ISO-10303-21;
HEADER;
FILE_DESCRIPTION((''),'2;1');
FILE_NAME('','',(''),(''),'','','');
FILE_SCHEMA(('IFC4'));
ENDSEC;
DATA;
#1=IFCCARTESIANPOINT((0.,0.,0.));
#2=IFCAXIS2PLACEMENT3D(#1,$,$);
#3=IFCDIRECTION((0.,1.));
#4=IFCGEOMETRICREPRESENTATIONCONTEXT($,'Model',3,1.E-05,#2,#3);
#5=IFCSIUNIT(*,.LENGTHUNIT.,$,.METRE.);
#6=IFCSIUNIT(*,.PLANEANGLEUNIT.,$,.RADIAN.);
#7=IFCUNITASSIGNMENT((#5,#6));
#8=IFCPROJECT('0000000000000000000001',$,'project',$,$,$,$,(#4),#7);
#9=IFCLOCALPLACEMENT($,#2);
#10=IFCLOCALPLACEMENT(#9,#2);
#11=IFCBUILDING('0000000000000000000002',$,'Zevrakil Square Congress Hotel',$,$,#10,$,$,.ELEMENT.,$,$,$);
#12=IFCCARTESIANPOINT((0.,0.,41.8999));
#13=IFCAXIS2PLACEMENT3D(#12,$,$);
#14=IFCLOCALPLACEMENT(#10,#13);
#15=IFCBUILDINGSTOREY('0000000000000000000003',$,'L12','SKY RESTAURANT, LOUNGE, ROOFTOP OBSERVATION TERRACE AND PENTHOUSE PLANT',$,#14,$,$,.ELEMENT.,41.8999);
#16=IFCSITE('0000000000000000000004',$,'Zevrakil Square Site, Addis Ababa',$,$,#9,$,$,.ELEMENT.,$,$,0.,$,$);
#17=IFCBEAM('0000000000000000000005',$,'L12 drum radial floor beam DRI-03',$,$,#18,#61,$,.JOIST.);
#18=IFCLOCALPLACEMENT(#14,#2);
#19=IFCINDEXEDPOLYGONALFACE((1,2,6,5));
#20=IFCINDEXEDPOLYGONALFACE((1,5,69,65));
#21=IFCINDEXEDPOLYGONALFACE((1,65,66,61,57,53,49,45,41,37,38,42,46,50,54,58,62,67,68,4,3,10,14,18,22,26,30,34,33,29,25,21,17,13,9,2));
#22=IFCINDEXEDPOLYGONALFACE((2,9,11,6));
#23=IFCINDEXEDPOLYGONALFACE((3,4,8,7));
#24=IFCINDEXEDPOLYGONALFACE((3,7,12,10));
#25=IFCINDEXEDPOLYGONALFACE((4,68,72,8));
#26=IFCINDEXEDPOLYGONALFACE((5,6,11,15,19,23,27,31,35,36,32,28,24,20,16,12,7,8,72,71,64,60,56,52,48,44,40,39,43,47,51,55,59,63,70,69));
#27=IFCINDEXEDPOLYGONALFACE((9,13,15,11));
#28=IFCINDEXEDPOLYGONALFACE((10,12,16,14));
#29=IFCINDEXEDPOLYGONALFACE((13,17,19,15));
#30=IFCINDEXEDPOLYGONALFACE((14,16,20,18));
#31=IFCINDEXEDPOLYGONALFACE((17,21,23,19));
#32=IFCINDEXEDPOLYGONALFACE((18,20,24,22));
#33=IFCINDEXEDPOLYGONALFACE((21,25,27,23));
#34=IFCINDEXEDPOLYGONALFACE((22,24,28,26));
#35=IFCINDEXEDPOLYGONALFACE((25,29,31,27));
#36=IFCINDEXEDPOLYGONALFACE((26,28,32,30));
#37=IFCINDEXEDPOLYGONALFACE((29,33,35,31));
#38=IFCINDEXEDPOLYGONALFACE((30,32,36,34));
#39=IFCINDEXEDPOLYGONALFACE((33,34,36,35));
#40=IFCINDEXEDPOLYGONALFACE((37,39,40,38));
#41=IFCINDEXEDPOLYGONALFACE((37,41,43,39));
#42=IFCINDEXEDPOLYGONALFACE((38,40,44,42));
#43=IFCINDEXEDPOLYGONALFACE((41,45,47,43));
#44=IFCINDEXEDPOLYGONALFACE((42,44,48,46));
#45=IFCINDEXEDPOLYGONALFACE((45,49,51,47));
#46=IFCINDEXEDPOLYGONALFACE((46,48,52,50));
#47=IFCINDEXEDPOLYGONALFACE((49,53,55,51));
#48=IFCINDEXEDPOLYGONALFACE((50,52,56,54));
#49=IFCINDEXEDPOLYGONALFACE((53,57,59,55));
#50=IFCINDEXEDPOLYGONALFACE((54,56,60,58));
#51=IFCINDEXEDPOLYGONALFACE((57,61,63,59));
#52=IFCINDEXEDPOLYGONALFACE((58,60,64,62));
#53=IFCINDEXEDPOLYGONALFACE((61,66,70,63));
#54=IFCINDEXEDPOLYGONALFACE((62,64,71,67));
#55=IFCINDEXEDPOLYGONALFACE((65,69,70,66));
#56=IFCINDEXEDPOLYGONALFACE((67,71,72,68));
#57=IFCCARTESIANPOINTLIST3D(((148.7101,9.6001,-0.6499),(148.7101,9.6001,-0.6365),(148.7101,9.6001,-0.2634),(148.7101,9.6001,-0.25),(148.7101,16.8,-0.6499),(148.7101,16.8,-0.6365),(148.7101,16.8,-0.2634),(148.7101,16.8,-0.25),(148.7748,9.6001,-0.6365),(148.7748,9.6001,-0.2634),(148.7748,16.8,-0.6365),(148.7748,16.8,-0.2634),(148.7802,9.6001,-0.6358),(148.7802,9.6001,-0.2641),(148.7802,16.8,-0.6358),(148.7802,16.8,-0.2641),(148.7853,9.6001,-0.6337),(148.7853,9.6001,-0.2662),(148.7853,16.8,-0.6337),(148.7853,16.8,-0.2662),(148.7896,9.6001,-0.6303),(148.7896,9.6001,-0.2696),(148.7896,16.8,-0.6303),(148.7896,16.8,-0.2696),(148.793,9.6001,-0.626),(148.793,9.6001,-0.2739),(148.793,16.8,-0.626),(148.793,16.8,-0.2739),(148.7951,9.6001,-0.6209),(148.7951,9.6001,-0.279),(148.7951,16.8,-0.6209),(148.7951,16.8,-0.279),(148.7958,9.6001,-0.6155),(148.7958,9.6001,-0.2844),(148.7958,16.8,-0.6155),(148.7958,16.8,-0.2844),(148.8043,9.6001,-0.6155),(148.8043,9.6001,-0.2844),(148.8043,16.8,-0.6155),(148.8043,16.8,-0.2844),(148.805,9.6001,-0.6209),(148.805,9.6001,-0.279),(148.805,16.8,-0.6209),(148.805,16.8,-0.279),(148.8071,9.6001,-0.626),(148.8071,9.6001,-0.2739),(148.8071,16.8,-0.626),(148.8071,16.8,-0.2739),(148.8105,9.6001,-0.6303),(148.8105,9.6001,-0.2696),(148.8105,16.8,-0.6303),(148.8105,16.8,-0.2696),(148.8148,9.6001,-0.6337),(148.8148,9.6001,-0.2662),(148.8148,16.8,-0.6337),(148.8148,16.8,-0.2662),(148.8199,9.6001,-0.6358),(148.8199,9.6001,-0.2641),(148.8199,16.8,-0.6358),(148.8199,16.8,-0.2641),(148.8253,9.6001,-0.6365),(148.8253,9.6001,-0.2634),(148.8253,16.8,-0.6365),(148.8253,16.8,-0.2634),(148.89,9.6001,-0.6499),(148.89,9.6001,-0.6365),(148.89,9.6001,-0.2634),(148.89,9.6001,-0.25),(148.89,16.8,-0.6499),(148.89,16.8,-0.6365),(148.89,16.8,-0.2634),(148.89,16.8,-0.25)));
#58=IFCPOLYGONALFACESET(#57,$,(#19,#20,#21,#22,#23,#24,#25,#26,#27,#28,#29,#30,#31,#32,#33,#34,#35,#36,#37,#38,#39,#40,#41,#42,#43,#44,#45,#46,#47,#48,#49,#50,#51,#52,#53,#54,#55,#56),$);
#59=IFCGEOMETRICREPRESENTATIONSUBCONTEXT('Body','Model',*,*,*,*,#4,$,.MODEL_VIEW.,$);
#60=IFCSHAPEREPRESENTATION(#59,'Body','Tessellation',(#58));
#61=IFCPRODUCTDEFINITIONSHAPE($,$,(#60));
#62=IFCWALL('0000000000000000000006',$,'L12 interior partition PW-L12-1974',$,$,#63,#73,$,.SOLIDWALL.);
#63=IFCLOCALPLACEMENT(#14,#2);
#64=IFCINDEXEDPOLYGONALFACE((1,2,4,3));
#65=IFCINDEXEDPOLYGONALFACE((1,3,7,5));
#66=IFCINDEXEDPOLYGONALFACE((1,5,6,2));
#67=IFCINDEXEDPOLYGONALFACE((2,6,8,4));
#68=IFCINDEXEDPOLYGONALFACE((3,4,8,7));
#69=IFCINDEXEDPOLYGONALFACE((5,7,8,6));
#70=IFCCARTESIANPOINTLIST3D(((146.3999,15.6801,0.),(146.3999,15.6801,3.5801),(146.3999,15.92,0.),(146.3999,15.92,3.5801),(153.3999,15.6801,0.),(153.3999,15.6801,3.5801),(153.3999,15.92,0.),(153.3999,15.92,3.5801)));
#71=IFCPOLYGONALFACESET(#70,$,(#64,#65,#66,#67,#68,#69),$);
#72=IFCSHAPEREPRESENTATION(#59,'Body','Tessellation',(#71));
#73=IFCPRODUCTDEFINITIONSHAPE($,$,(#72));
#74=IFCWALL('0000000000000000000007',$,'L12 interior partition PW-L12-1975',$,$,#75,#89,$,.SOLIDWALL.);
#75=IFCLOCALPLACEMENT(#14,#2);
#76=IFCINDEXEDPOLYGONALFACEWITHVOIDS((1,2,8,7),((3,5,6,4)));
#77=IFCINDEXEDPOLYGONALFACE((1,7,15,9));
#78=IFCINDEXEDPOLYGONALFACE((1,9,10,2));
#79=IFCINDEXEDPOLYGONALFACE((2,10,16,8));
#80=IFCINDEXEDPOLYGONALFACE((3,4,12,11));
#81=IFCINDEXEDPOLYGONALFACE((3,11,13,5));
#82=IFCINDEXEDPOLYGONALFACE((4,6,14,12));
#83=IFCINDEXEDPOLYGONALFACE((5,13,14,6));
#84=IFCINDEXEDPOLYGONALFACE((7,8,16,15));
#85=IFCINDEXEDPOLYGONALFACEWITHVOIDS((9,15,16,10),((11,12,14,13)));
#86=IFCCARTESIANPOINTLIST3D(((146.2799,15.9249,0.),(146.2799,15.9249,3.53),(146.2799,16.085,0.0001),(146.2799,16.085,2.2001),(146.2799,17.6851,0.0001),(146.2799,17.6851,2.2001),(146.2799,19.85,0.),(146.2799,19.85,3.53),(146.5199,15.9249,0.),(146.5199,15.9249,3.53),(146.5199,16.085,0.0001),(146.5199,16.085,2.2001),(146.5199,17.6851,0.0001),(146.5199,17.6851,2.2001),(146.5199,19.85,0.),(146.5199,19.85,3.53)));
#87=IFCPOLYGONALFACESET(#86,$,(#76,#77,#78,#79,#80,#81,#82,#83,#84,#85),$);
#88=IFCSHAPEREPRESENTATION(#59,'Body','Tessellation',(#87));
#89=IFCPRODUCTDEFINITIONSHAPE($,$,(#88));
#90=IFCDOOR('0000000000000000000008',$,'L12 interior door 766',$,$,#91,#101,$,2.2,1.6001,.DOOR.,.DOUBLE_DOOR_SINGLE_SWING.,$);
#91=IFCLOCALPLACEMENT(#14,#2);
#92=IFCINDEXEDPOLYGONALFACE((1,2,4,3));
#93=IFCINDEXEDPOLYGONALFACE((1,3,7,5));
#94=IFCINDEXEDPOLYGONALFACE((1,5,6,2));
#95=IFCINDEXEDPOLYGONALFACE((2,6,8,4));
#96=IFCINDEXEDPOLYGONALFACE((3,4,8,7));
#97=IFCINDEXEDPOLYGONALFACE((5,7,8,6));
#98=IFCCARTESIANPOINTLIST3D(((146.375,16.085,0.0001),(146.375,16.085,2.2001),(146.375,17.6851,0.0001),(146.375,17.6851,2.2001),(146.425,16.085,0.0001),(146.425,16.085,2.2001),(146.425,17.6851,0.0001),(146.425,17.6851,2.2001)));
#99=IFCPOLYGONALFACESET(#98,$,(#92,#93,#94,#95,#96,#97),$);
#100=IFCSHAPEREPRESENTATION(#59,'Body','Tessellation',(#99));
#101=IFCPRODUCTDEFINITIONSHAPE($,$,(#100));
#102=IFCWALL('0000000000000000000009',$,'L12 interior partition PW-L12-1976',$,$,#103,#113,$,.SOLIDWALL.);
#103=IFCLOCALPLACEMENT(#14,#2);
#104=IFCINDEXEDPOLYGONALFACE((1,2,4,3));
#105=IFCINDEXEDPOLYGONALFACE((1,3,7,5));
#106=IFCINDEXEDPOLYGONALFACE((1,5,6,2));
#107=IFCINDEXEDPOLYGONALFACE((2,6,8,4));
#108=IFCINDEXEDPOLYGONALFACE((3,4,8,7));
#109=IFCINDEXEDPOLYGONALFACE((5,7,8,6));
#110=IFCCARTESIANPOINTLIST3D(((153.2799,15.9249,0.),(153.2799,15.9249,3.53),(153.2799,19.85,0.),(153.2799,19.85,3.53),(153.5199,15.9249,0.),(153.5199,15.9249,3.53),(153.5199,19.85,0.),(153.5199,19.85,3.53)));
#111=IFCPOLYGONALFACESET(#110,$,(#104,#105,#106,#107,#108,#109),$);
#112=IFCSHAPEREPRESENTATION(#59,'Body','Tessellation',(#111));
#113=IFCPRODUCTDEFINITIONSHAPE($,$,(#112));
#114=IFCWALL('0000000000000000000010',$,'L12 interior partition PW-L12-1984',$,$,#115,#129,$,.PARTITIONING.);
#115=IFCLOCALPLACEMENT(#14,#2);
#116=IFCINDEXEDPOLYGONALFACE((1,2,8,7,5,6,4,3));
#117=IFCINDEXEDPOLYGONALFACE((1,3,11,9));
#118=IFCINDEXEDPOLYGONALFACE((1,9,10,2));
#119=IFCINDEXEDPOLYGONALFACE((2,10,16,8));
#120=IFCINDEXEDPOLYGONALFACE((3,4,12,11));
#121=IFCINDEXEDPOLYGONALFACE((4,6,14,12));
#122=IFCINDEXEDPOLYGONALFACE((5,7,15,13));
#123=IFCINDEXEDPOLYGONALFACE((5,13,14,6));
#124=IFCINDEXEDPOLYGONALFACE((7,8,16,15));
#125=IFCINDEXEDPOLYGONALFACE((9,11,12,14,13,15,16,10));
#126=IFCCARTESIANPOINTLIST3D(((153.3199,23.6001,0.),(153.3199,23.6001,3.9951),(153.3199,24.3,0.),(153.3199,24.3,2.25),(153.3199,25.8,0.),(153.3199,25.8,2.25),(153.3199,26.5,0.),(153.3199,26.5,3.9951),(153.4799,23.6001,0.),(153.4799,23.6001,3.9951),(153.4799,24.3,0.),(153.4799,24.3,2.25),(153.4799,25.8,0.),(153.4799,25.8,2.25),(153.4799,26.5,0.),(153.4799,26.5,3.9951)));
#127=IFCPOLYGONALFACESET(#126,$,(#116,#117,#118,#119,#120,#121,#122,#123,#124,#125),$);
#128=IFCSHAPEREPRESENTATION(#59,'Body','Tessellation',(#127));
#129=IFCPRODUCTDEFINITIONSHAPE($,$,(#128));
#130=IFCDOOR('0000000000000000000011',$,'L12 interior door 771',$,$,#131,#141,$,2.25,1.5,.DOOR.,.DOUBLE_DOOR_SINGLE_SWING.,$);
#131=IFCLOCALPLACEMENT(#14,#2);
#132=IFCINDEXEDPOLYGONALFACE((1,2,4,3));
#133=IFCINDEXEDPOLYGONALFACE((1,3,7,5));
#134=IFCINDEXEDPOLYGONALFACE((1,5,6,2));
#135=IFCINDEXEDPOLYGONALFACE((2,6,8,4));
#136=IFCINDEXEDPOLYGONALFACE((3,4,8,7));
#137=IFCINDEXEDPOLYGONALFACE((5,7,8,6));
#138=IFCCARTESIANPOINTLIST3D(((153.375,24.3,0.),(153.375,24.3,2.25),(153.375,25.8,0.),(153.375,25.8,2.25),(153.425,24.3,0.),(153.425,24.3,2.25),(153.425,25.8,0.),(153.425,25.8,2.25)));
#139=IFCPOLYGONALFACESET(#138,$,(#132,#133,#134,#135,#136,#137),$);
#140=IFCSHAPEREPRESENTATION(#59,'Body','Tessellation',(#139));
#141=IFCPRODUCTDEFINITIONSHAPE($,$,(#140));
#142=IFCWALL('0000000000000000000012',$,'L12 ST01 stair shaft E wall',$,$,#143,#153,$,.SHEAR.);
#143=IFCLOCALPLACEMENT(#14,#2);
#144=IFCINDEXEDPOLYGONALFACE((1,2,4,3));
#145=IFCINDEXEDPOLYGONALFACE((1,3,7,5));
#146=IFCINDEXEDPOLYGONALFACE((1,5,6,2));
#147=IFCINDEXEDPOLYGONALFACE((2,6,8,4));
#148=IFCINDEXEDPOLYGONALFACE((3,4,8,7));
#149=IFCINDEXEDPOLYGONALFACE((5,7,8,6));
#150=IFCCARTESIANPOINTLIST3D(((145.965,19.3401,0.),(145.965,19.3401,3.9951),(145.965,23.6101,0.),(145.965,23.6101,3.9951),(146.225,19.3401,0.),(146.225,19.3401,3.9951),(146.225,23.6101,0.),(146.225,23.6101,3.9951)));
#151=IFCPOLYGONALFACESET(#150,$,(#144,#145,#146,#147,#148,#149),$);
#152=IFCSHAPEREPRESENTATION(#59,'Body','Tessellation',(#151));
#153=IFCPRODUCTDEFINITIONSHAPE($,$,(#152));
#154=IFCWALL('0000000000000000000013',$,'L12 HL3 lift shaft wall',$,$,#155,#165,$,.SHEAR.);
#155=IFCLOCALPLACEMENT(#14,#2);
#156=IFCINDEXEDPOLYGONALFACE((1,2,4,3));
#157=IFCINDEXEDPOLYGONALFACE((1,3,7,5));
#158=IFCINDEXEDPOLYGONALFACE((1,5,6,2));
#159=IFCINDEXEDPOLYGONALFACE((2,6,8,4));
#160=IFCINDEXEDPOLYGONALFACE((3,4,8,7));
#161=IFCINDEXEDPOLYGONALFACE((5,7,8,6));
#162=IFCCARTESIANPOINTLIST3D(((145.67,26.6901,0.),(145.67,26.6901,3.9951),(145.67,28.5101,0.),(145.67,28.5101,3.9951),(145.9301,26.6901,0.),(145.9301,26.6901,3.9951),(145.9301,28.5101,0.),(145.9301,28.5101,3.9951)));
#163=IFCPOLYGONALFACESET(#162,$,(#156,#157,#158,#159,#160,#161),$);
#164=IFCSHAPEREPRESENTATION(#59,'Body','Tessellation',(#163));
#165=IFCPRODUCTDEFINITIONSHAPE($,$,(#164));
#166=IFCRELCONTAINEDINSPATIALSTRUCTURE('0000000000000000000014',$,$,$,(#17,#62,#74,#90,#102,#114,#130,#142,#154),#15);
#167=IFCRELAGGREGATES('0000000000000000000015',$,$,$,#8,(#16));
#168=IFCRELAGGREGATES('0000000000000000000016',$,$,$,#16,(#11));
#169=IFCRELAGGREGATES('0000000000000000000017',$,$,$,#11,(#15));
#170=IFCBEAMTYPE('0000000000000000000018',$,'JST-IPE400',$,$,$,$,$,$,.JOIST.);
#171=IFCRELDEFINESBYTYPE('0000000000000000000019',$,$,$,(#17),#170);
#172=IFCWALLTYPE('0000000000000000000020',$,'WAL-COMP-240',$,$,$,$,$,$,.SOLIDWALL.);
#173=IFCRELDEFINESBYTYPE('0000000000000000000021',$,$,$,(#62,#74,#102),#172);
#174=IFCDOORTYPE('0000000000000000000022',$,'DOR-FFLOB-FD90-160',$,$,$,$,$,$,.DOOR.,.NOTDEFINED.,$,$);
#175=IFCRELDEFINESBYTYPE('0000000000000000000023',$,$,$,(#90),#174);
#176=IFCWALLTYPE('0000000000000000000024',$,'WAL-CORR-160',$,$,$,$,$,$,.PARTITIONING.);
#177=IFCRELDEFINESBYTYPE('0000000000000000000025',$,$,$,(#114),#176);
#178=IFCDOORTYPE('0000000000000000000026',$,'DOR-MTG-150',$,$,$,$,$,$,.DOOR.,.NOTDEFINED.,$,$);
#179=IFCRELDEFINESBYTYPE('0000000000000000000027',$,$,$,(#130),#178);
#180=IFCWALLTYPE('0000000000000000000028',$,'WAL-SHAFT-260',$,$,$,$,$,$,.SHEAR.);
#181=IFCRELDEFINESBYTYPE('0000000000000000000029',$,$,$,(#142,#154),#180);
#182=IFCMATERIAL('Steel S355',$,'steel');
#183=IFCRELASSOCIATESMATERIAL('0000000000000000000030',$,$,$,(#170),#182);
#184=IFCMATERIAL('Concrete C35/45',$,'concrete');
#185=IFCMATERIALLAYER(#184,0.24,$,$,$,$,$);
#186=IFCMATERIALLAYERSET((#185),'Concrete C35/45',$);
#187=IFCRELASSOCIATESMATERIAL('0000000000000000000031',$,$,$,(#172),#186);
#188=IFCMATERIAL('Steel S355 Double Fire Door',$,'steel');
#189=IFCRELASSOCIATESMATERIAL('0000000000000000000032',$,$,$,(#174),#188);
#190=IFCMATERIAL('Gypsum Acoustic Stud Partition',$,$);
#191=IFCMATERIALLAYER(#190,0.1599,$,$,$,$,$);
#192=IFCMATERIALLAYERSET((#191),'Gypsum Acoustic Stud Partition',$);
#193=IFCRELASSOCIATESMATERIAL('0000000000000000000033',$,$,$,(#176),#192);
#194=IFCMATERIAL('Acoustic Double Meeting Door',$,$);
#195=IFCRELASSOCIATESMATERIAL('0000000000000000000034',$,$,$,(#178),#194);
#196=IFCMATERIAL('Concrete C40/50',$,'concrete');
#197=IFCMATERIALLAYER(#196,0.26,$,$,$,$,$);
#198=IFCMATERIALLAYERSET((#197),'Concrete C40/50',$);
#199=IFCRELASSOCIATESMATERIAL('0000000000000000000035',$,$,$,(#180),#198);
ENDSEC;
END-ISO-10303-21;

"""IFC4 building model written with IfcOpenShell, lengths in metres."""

from ifc_helpers import new_model, si_unit, direction, frame, frame_2d, origin, origin_2d, place, context, subcontext, project, spatial, rectangle, i_section, extrude, material, layer, layer_set, material_profile, profile_set, type_object, element, fill, save


model = new_model("IFC4")

# Units and contexts
model_context = context("Model", 3, precision=1e-05, world=origin(), true_north=direction((0.0, 1.0)))
body_context = subcontext(model_context, "Body", "Model", "MODEL_VIEW")
ifc_project = project(units=[si_unit("LENGTHUNIT", "METRE"), si_unit("PLANEANGLEUNIT", "RADIAN")], contexts=[model_context])

# Site, building, storey
site_placement = place(None, origin())
site = spatial("IfcSite", under=ifc_project, at=site_placement, Name="Zevrakil Square Site, Addis Ababa", CompositionType="ELEMENT", RefElevation=0.0)
building_placement = place(site_placement, origin())
building = spatial("IfcBuilding", under=site, at=building_placement, Name="Zevrakil Square Congress Hotel", CompositionType="ELEMENT")
storey_placement = place(building_placement, frame((0.0, 0.0, 41.8999)))
storey = spatial("IfcBuildingStorey", under=building, at=storey_placement, Name="L12", Description="SKY RESTAURANT, LOUNGE, ROOFTOP OBSERVATION TERRACE AND PENTHOUSE PLANT", CompositionType="ELEMENT", Elevation=41.8999)

# Beam
ifc_material_1 = material(Name="Steel S355", Category="steel")
ifc_material_profile_1 = material_profile(ifc_material_1, i_section(OverallWidth=0.1799, OverallDepth=0.3999, WebThickness=0.0085, FlangeThickness=0.0134, FilletRadius=0.021, at=origin_2d()), Name="IPE 400")
ifc_profile_set_1 = profile_set([ifc_material_profile_1], Name="Steel S355")
beam_type = type_object("IfcBeamType", Name="JST-IPE400", PredefinedType="JOIST", material=ifc_profile_set_1)
beam_placement = place(storey_placement, frame((148.8, 16.8, -0.45), z_axis=(0.0, -1.0, 0.0), x_axis=(1.0, 0.0, 0.0)))
element("IfcBeam", 1, at=beam_placement, inside=storey, type_object=beam_type, Name="L12 drum radial floor beam DRI-03", PredefinedType="JOIST", context=body_context, shape_type="SweptSolid", body=[
    extrude(i_section(OverallWidth=0.1799, OverallDepth=0.3999, WebThickness=0.0085, FlangeThickness=0.0134, FilletRadius=0.021, at=origin_2d()), origin(), (0.0, 0.0, 1.0), 7.2),
])

# Wall
ifc_material_2 = material(Name="Concrete C35/45", Category="concrete")
ifc_layer_1 = layer(ifc_material_2, 0.24)
ifc_layer_set_1 = layer_set([ifc_layer_1], Name="Concrete C35/45")
wall_type_1 = type_object("IfcWallType", Name="WAL-COMP-240", PredefinedType="SOLIDWALL", material=ifc_layer_set_1)
wall_1_placement = place(storey_placement, frame((146.3999, 15.8, 0.0), z_axis=(0.0, 0.0, 1.0), x_axis=(1.0, 0.0, 0.0)))
element("IfcWall", 2, at=wall_1_placement, inside=storey, type_object=wall_type_1, Name="L12 interior partition PW-L12-1974", PredefinedType="SOLIDWALL", context=body_context, shape_type="SweptSolid", body=[
    extrude(rectangle(XDim=7.0, YDim=0.24, at=frame_2d((3.5, 0.0))), origin(), (0.0, 0.0, 1.0), 3.5801),
])

# Wall, opening, door
wall_2_placement = place(storey_placement, frame((146.3999, 15.925, 0.0), z_axis=(0.0, 0.0, 1.0), x_axis=(0.0, 1.0, 0.0)))
wall_2 = element("IfcWall", 3, at=wall_2_placement, inside=storey, type_object=wall_type_1, Name="L12 interior partition PW-L12-1975", PredefinedType="SOLIDWALL", context=body_context, shape_type="SweptSolid", body=[
    extrude(rectangle(XDim=3.925, YDim=0.24, at=frame_2d((1.9624, 0.0))), origin(), (0.0, 0.0, 1.0), 3.53),
])
opening_1_placement = place(wall_2_placement, frame((0.1599, 0.0, 0.0)))
opening_1 = element("IfcOpeningElement", 4, at=opening_1_placement, cuts=wall_2, PredefinedType="OPENING", context=body_context, shape_type="SweptSolid", body=[
    extrude(rectangle(XDim=1.6001, YDim=2.2, at=frame_2d((0.8, 1.1001))), frame((0.0, 0.1299, 0.0), z_axis=(0.0, -1.0, 0.0), x_axis=(1.0, 0.0, 0.0)), (0.0, 0.0, 1.0), 0.26),
])
ifc_material_3 = material(Name="Steel S355 Double Fire Door", Category="steel")
door_type_1 = type_object("IfcDoorType", Name="DOR-FFLOB-FD90-160", OperationType="NOTDEFINED", PredefinedType="DOOR", material=ifc_material_3)
door_1_placement = place(opening_1_placement, origin())
door_1 = element("IfcDoor", 5, at=door_1_placement, inside=storey, type_object=door_type_1, Name="L12 interior door 766", OperationType="DOUBLE_DOOR_SINGLE_SWING", OverallHeight=2.2, OverallWidth=1.6001, PredefinedType="DOOR", context=body_context, shape_type="SweptSolid", body=[
    extrude(rectangle(XDim=1.6001, YDim=2.2, at=frame_2d((0.8, 1.1001))), frame((0.0, 0.0249, 0.0), z_axis=(0.0, -1.0, 0.0), x_axis=(1.0, 0.0, 0.0)), (0.0, 0.0, 1.0), 0.05),
])
fill(opening_1, door_1)

# Wall
wall_3_placement = place(storey_placement, frame((153.3999, 15.925, 0.0), z_axis=(0.0, 0.0, 1.0), x_axis=(0.0, 1.0, 0.0)))
element("IfcWall", 6, at=wall_3_placement, inside=storey, type_object=wall_type_1, Name="L12 interior partition PW-L12-1976", PredefinedType="SOLIDWALL", context=body_context, shape_type="SweptSolid", body=[
    extrude(rectangle(XDim=3.925, YDim=0.24, at=frame_2d((1.9624, 0.0))), origin(), (0.0, 0.0, 1.0), 3.53),
])

# Wall, opening, door
ifc_material_4 = material(Name="Gypsum Acoustic Stud Partition")
ifc_layer_2 = layer(ifc_material_4, 0.1599)
ifc_layer_set_2 = layer_set([ifc_layer_2], Name="Gypsum Acoustic Stud Partition")
wall_type_2 = type_object("IfcWallType", Name="WAL-CORR-160", PredefinedType="PARTITIONING", material=ifc_layer_set_2)
wall_4_placement = place(storey_placement, frame((153.3999, 23.6001, 0.0), z_axis=(0.0, 0.0, 1.0), x_axis=(0.0, 1.0, 0.0)))
wall_4 = element("IfcWall", 7, at=wall_4_placement, inside=storey, type_object=wall_type_2, Name="L12 interior partition PW-L12-1984", PredefinedType="PARTITIONING", context=body_context, shape_type="SweptSolid", body=[
    extrude(rectangle(XDim=2.8999, YDim=0.1599, at=frame_2d((1.45, 0.0))), origin(), (0.0, 0.0, 1.0), 3.9951),
])
opening_2_placement = place(wall_4_placement, frame((0.7, 0.0, 0.0)))
opening_2 = element("IfcOpeningElement", 8, at=opening_2_placement, cuts=wall_4, PredefinedType="OPENING", context=body_context, shape_type="SweptSolid", body=[
    extrude(rectangle(XDim=1.5, YDim=2.25, at=frame_2d((0.75, 1.125))), frame((0.0, 0.0898, 0.0), z_axis=(0.0, -1.0, 0.0), x_axis=(1.0, 0.0, 0.0)), (0.0, 0.0, 1.0), 0.1799),
])
ifc_material_5 = material(Name="Acoustic Double Meeting Door")
door_type_2 = type_object("IfcDoorType", Name="DOR-MTG-150", OperationType="NOTDEFINED", PredefinedType="DOOR", material=ifc_material_5)
door_2_placement = place(opening_2_placement, origin())
door_2 = element("IfcDoor", 9, at=door_2_placement, inside=storey, type_object=door_type_2, Name="L12 interior door 771", OperationType="DOUBLE_DOOR_SINGLE_SWING", OverallHeight=2.25, OverallWidth=1.5, PredefinedType="DOOR", context=body_context, shape_type="SweptSolid", body=[
    extrude(rectangle(XDim=1.5, YDim=2.25, at=frame_2d((0.75, 1.125))), frame((0.0, 0.0249, 0.0), z_axis=(0.0, -1.0, 0.0), x_axis=(1.0, 0.0, 0.0)), (0.0, 0.0, 1.0), 0.05),
])
fill(opening_2, door_2)

# Walls
ifc_material_6 = material(Name="Concrete C40/50", Category="concrete")
ifc_layer_3 = layer(ifc_material_6, 0.26)
ifc_layer_set_3 = layer_set([ifc_layer_3], Name="Concrete C40/50")
wall_type_3 = type_object("IfcWallType", Name="WAL-SHAFT-260", PredefinedType="SHEAR", material=ifc_layer_set_3)
wall_5_placement = place(storey_placement, frame((146.095, 19.3401, 0.0), z_axis=(0.0, 0.0, 1.0), x_axis=(0.0, 1.0, 0.0)))
element("IfcWall", 10, at=wall_5_placement, inside=storey, type_object=wall_type_3, Name="L12 ST01 stair shaft E wall", PredefinedType="SHEAR", context=body_context, shape_type="SweptSolid", body=[
    extrude(rectangle(XDim=4.27, YDim=0.26, at=frame_2d((2.135, 0.0))), origin(), (0.0, 0.0, 1.0), 3.9951),
])
wall_6_placement = place(storey_placement, frame((145.8, 26.6899, 0.0), z_axis=(0.0, 0.0, 1.0), x_axis=(0.0, 1.0, 0.0)))
element("IfcWall", 11, at=wall_6_placement, inside=storey, type_object=wall_type_3, Name="L12 HL3 lift shaft wall", PredefinedType="SHEAR", context=body_context, shape_type="SweptSolid", body=[
    extrude(rectangle(XDim=1.8201, YDim=0.26, at=frame_2d((0.9102, 0.0))), origin(), (0.0, 0.0, 1.0), 3.9951),
])

save(model, "model.ifc")
